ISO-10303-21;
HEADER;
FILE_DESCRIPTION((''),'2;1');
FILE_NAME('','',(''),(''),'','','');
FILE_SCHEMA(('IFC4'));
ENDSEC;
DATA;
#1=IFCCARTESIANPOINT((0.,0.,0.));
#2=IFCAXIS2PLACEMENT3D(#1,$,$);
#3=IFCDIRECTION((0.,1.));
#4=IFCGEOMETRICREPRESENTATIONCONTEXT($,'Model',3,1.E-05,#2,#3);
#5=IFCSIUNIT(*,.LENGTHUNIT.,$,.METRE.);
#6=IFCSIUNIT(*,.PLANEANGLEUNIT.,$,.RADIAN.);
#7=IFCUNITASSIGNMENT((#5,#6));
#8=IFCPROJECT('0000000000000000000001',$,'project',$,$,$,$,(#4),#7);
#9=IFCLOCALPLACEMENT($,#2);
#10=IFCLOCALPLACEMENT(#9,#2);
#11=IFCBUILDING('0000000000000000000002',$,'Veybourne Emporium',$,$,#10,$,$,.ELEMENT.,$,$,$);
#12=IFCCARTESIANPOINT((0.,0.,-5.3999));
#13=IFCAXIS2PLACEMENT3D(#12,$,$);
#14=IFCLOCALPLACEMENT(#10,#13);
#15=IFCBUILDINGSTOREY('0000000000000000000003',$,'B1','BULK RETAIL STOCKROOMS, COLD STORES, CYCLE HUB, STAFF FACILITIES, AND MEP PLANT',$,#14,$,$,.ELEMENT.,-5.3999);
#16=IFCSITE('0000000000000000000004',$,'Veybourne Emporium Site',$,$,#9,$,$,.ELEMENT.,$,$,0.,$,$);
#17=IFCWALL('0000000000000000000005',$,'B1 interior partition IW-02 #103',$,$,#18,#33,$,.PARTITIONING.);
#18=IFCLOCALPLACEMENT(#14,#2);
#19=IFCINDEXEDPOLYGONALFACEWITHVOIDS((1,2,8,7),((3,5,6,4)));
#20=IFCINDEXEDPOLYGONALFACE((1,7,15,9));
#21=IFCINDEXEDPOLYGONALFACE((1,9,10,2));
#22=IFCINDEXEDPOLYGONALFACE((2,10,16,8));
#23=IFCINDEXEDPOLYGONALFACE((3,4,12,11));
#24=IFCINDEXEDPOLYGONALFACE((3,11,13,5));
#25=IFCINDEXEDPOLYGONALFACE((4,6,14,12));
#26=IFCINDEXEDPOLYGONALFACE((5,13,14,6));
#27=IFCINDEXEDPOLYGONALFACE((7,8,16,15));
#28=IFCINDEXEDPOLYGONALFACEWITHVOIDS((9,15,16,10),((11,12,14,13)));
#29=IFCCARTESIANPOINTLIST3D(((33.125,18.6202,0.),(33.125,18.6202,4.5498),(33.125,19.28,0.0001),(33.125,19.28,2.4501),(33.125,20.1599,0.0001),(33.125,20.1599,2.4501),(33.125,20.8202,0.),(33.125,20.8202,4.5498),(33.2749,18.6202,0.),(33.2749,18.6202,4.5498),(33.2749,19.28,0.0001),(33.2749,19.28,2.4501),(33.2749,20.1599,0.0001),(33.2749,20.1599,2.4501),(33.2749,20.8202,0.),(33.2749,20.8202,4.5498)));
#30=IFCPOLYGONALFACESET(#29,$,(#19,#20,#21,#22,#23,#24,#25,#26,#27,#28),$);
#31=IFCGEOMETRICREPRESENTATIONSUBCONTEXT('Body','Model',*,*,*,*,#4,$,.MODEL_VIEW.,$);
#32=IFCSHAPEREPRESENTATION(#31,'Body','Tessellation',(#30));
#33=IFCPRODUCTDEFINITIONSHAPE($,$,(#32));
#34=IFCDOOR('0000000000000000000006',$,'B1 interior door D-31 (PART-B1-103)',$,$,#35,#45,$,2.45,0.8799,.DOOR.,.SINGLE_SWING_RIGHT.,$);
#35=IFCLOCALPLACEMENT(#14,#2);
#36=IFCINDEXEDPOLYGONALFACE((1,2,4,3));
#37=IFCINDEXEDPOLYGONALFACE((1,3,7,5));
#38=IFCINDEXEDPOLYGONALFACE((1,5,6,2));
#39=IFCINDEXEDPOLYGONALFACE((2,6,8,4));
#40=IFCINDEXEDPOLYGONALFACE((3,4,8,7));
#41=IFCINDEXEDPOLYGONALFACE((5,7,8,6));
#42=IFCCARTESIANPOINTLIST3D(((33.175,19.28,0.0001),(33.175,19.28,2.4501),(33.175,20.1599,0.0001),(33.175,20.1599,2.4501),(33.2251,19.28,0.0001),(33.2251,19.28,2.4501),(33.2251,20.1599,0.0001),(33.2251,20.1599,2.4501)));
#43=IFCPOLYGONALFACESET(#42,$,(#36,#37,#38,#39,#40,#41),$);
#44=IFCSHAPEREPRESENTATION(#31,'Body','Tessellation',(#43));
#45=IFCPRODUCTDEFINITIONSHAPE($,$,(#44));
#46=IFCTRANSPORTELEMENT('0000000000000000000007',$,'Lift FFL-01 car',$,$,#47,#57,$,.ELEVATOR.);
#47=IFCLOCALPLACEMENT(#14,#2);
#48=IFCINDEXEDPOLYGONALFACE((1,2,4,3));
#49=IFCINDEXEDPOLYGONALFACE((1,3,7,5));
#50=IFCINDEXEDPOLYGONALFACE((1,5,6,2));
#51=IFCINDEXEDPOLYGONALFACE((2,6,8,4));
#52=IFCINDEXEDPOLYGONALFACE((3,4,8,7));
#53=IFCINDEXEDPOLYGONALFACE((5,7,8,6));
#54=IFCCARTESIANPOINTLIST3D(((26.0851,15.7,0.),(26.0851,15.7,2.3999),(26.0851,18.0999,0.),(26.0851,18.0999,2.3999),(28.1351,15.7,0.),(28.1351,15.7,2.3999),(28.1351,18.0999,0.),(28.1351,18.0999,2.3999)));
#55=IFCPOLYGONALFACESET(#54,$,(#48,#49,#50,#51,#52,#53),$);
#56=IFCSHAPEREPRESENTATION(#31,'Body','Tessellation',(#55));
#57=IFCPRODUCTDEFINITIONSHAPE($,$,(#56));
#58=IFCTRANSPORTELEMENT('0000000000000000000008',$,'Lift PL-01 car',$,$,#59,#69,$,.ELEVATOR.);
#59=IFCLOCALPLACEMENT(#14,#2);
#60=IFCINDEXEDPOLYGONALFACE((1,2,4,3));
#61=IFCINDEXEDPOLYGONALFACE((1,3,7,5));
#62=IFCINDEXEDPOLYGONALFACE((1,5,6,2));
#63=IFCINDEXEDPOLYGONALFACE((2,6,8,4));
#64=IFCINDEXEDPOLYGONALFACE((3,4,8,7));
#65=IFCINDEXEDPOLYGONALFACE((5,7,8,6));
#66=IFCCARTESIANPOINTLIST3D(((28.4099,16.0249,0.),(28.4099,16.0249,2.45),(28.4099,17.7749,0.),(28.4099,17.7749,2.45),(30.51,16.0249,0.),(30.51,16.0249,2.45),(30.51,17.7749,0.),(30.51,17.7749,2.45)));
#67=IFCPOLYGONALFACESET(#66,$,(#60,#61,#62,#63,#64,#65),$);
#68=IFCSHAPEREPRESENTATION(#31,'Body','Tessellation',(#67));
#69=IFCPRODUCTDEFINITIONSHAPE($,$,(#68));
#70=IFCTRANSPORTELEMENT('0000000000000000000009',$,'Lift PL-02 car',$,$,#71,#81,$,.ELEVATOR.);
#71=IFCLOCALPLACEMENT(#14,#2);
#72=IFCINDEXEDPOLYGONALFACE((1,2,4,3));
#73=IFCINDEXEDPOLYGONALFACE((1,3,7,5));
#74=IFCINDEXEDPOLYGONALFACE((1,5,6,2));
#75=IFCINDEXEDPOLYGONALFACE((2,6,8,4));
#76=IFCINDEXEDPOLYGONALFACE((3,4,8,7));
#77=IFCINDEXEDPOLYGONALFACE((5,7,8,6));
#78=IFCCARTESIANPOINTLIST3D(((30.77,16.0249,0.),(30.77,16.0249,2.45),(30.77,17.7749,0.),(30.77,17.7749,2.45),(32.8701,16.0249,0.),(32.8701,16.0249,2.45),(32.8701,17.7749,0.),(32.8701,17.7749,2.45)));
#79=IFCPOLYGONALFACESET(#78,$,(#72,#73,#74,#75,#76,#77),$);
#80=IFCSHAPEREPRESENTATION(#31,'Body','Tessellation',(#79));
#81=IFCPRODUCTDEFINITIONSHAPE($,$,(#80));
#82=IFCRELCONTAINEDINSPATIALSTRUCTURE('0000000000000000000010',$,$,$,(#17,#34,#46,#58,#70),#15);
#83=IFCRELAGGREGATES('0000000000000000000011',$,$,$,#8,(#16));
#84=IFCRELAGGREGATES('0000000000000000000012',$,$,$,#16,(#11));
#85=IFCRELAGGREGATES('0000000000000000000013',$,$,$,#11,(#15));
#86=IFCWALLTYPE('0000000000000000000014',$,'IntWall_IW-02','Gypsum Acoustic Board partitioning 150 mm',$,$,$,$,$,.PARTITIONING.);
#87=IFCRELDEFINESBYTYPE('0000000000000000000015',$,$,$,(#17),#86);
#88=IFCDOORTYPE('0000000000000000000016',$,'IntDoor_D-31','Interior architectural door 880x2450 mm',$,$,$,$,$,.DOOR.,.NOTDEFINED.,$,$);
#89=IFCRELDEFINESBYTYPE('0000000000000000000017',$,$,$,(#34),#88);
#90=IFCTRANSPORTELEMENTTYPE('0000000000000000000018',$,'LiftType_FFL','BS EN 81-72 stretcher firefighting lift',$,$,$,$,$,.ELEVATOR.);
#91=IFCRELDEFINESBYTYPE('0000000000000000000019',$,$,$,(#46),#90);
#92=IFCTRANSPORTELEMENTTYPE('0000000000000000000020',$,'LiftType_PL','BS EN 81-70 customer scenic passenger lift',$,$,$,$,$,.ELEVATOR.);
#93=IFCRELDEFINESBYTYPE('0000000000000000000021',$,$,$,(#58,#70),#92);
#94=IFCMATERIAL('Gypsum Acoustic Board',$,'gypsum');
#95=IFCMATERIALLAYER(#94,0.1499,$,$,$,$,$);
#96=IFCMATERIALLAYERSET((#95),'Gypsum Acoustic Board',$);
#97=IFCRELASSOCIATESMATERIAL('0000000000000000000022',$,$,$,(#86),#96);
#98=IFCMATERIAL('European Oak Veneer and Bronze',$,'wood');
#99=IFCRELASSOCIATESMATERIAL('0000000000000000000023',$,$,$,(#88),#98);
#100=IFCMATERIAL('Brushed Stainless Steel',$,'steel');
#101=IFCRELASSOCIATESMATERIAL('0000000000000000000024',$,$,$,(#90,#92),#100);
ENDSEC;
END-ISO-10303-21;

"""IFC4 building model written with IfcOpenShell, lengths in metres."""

from ifc_helpers import new_model, si_unit, direction, frame, frame_2d, origin, origin_2d, place, context, subcontext, project, spatial, rectangle, extrude, material, layer, layer_set, type_object, element, fill, save


model = new_model("IFC4")

# Units and contexts
model_context = context("Model", 3, precision=1e-05, world=origin(), true_north=direction((0.0, 1.0)))
body_context = subcontext(model_context, "Body", "Model", "MODEL_VIEW")
ifc_project = project(units=[si_unit("LENGTHUNIT", "METRE"), si_unit("PLANEANGLEUNIT", "RADIAN")], contexts=[model_context])

# Site, building, storey
site_placement = place(None, origin())
site = spatial("IfcSite", under=ifc_project, at=site_placement, Name="Veybourne Emporium Site", CompositionType="ELEMENT", RefElevation=0.0)
building_placement = place(site_placement, origin())
building = spatial("IfcBuilding", under=site, at=building_placement, Name="Veybourne Emporium", CompositionType="ELEMENT")
storey_placement = place(building_placement, frame((0.0, 0.0, -5.3999)))
storey = spatial("IfcBuildingStorey", under=building, at=storey_placement, Name="B1", Description="BULK RETAIL STOCKROOMS, COLD STORES, CYCLE HUB, STAFF FACILITIES, AND MEP PLANT", CompositionType="ELEMENT", Elevation=-5.3999)

# Wall, opening, door
ifc_material_1 = material(Name="Gypsum Acoustic Board", Category="gypsum")
ifc_layer_1 = layer(ifc_material_1, 0.1499)
ifc_layer_set_1 = layer_set([ifc_layer_1], Name="Gypsum Acoustic Board")
wall_type_1 = type_object("IfcWallType", Name="IntWall_IW-02", Description="Gypsum Acoustic Board partitioning 150 mm", PredefinedType="PARTITIONING", material=ifc_layer_set_1)
wall_1_placement = place(storey_placement, frame((33.2, 18.6201, 0.0), z_axis=(0.0, 0.0, 1.0), x_axis=(0.0, 1.0, 0.0)))
wall_1 = element("IfcWall", 1, at=wall_1_placement, inside=storey, type_object=wall_type_1, Name="B1 interior partition IW-02 #103", PredefinedType="PARTITIONING", context=body_context, shape_type="SweptSolid", body=[
    extrude(rectangle(XDim=2.2, YDim=0.1499, at=frame_2d((1.1001, 0.0))), origin(), (0.0, 0.0, 1.0), 4.5498),
])
opening_1_placement = place(wall_1_placement, frame((0.6599, 0.0, 0.0)))
opening_1 = element("IfcOpeningElement", 2, at=opening_1_placement, cuts=wall_1, PredefinedType="OPENING", context=body_context, shape_type="SweptSolid", body=[
    extrude(rectangle(XDim=0.8799, YDim=2.45, at=frame_2d((0.4399, 1.2251))), frame((0.0, 0.095, 0.0), z_axis=(0.0, -1.0, 0.0), x_axis=(1.0, 0.0, 0.0)), (0.0, 0.0, 1.0), 0.1899),
])
ifc_material_2 = material(Name="European Oak Veneer and Bronze", Category="wood")
door_type_1 = type_object("IfcDoorType", Name="IntDoor_D-31", Description="Interior architectural door 880x2450 mm", OperationType="NOTDEFINED", PredefinedType="DOOR", material=ifc_material_2)
door_1_placement = place(opening_1_placement, origin())
door_1 = element("IfcDoor", 3, at=door_1_placement, inside=storey, type_object=door_type_1, Name="B1 interior door D-31 (PART-B1-103)", OperationType="SINGLE_SWING_RIGHT", OverallHeight=2.45, OverallWidth=0.8799, PredefinedType="DOOR", context=body_context, shape_type="SweptSolid", body=[
    extrude(rectangle(XDim=0.8799, YDim=2.45, at=frame_2d((0.4399, 1.2251))), frame((0.0, 0.0249, 0.0), z_axis=(0.0, -1.0, 0.0), x_axis=(1.0, 0.0, 0.0)), (0.0, 0.0, 1.0), 0.05),
])
fill(opening_1, door_1)

# Transport elements
ifc_material_3 = material(Name="Brushed Stainless Steel", Category="steel")
transport_element_type_1 = type_object("IfcTransportElementType", Name="LiftType_FFL", Description="BS EN 81-72 stretcher firefighting lift", PredefinedType="ELEVATOR", material=ifc_material_3)
transport_element_placement = place(storey_placement, frame((27.1101, 16.8999, 0.0), z_axis=(0.0, 0.0, 1.0), x_axis=(1.0, 0.0, 0.0)))
element("IfcTransportElement", 4, at=transport_element_placement, inside=storey, type_object=transport_element_type_1, Name="Lift FFL-01 car", PredefinedType="ELEVATOR", context=body_context, shape_type="SweptSolid", body=[
    extrude(rectangle(XDim=2.05, YDim=2.3999, at=origin_2d()), origin(), (0.0, 0.0, 1.0), 2.3999),
])
transport_element_type_2 = type_object("IfcTransportElementType", Name="LiftType_PL", Description="BS EN 81-70 customer scenic passenger lift", PredefinedType="ELEVATOR", material=ifc_material_3)
for number, where, z_axis, x_axis, name in (
    (5, (29.46, 16.8999, 0.0), (0.0, 0.0, 1.0), (1.0, 0.0, 0.0), "Lift PL-01 car"),
    (6, (31.8201, 16.8999, 0.0), (0.0, 0.0, 1.0), (1.0, 0.0, 0.0), "Lift PL-02 car"),
):
    element("IfcTransportElement", number, at=place(storey_placement, frame(where, z_axis=z_axis, x_axis=x_axis)), inside=storey, type_object=transport_element_type_2, Name=name, PredefinedType="ELEVATOR", context=body_context, shape_type="SweptSolid", body=[
        extrude(rectangle(XDim=2.1001, YDim=1.75, at=origin_2d()), origin(), (0.0, 0.0, 1.0), 2.45),
    ])

save(model, "model.ifc")
